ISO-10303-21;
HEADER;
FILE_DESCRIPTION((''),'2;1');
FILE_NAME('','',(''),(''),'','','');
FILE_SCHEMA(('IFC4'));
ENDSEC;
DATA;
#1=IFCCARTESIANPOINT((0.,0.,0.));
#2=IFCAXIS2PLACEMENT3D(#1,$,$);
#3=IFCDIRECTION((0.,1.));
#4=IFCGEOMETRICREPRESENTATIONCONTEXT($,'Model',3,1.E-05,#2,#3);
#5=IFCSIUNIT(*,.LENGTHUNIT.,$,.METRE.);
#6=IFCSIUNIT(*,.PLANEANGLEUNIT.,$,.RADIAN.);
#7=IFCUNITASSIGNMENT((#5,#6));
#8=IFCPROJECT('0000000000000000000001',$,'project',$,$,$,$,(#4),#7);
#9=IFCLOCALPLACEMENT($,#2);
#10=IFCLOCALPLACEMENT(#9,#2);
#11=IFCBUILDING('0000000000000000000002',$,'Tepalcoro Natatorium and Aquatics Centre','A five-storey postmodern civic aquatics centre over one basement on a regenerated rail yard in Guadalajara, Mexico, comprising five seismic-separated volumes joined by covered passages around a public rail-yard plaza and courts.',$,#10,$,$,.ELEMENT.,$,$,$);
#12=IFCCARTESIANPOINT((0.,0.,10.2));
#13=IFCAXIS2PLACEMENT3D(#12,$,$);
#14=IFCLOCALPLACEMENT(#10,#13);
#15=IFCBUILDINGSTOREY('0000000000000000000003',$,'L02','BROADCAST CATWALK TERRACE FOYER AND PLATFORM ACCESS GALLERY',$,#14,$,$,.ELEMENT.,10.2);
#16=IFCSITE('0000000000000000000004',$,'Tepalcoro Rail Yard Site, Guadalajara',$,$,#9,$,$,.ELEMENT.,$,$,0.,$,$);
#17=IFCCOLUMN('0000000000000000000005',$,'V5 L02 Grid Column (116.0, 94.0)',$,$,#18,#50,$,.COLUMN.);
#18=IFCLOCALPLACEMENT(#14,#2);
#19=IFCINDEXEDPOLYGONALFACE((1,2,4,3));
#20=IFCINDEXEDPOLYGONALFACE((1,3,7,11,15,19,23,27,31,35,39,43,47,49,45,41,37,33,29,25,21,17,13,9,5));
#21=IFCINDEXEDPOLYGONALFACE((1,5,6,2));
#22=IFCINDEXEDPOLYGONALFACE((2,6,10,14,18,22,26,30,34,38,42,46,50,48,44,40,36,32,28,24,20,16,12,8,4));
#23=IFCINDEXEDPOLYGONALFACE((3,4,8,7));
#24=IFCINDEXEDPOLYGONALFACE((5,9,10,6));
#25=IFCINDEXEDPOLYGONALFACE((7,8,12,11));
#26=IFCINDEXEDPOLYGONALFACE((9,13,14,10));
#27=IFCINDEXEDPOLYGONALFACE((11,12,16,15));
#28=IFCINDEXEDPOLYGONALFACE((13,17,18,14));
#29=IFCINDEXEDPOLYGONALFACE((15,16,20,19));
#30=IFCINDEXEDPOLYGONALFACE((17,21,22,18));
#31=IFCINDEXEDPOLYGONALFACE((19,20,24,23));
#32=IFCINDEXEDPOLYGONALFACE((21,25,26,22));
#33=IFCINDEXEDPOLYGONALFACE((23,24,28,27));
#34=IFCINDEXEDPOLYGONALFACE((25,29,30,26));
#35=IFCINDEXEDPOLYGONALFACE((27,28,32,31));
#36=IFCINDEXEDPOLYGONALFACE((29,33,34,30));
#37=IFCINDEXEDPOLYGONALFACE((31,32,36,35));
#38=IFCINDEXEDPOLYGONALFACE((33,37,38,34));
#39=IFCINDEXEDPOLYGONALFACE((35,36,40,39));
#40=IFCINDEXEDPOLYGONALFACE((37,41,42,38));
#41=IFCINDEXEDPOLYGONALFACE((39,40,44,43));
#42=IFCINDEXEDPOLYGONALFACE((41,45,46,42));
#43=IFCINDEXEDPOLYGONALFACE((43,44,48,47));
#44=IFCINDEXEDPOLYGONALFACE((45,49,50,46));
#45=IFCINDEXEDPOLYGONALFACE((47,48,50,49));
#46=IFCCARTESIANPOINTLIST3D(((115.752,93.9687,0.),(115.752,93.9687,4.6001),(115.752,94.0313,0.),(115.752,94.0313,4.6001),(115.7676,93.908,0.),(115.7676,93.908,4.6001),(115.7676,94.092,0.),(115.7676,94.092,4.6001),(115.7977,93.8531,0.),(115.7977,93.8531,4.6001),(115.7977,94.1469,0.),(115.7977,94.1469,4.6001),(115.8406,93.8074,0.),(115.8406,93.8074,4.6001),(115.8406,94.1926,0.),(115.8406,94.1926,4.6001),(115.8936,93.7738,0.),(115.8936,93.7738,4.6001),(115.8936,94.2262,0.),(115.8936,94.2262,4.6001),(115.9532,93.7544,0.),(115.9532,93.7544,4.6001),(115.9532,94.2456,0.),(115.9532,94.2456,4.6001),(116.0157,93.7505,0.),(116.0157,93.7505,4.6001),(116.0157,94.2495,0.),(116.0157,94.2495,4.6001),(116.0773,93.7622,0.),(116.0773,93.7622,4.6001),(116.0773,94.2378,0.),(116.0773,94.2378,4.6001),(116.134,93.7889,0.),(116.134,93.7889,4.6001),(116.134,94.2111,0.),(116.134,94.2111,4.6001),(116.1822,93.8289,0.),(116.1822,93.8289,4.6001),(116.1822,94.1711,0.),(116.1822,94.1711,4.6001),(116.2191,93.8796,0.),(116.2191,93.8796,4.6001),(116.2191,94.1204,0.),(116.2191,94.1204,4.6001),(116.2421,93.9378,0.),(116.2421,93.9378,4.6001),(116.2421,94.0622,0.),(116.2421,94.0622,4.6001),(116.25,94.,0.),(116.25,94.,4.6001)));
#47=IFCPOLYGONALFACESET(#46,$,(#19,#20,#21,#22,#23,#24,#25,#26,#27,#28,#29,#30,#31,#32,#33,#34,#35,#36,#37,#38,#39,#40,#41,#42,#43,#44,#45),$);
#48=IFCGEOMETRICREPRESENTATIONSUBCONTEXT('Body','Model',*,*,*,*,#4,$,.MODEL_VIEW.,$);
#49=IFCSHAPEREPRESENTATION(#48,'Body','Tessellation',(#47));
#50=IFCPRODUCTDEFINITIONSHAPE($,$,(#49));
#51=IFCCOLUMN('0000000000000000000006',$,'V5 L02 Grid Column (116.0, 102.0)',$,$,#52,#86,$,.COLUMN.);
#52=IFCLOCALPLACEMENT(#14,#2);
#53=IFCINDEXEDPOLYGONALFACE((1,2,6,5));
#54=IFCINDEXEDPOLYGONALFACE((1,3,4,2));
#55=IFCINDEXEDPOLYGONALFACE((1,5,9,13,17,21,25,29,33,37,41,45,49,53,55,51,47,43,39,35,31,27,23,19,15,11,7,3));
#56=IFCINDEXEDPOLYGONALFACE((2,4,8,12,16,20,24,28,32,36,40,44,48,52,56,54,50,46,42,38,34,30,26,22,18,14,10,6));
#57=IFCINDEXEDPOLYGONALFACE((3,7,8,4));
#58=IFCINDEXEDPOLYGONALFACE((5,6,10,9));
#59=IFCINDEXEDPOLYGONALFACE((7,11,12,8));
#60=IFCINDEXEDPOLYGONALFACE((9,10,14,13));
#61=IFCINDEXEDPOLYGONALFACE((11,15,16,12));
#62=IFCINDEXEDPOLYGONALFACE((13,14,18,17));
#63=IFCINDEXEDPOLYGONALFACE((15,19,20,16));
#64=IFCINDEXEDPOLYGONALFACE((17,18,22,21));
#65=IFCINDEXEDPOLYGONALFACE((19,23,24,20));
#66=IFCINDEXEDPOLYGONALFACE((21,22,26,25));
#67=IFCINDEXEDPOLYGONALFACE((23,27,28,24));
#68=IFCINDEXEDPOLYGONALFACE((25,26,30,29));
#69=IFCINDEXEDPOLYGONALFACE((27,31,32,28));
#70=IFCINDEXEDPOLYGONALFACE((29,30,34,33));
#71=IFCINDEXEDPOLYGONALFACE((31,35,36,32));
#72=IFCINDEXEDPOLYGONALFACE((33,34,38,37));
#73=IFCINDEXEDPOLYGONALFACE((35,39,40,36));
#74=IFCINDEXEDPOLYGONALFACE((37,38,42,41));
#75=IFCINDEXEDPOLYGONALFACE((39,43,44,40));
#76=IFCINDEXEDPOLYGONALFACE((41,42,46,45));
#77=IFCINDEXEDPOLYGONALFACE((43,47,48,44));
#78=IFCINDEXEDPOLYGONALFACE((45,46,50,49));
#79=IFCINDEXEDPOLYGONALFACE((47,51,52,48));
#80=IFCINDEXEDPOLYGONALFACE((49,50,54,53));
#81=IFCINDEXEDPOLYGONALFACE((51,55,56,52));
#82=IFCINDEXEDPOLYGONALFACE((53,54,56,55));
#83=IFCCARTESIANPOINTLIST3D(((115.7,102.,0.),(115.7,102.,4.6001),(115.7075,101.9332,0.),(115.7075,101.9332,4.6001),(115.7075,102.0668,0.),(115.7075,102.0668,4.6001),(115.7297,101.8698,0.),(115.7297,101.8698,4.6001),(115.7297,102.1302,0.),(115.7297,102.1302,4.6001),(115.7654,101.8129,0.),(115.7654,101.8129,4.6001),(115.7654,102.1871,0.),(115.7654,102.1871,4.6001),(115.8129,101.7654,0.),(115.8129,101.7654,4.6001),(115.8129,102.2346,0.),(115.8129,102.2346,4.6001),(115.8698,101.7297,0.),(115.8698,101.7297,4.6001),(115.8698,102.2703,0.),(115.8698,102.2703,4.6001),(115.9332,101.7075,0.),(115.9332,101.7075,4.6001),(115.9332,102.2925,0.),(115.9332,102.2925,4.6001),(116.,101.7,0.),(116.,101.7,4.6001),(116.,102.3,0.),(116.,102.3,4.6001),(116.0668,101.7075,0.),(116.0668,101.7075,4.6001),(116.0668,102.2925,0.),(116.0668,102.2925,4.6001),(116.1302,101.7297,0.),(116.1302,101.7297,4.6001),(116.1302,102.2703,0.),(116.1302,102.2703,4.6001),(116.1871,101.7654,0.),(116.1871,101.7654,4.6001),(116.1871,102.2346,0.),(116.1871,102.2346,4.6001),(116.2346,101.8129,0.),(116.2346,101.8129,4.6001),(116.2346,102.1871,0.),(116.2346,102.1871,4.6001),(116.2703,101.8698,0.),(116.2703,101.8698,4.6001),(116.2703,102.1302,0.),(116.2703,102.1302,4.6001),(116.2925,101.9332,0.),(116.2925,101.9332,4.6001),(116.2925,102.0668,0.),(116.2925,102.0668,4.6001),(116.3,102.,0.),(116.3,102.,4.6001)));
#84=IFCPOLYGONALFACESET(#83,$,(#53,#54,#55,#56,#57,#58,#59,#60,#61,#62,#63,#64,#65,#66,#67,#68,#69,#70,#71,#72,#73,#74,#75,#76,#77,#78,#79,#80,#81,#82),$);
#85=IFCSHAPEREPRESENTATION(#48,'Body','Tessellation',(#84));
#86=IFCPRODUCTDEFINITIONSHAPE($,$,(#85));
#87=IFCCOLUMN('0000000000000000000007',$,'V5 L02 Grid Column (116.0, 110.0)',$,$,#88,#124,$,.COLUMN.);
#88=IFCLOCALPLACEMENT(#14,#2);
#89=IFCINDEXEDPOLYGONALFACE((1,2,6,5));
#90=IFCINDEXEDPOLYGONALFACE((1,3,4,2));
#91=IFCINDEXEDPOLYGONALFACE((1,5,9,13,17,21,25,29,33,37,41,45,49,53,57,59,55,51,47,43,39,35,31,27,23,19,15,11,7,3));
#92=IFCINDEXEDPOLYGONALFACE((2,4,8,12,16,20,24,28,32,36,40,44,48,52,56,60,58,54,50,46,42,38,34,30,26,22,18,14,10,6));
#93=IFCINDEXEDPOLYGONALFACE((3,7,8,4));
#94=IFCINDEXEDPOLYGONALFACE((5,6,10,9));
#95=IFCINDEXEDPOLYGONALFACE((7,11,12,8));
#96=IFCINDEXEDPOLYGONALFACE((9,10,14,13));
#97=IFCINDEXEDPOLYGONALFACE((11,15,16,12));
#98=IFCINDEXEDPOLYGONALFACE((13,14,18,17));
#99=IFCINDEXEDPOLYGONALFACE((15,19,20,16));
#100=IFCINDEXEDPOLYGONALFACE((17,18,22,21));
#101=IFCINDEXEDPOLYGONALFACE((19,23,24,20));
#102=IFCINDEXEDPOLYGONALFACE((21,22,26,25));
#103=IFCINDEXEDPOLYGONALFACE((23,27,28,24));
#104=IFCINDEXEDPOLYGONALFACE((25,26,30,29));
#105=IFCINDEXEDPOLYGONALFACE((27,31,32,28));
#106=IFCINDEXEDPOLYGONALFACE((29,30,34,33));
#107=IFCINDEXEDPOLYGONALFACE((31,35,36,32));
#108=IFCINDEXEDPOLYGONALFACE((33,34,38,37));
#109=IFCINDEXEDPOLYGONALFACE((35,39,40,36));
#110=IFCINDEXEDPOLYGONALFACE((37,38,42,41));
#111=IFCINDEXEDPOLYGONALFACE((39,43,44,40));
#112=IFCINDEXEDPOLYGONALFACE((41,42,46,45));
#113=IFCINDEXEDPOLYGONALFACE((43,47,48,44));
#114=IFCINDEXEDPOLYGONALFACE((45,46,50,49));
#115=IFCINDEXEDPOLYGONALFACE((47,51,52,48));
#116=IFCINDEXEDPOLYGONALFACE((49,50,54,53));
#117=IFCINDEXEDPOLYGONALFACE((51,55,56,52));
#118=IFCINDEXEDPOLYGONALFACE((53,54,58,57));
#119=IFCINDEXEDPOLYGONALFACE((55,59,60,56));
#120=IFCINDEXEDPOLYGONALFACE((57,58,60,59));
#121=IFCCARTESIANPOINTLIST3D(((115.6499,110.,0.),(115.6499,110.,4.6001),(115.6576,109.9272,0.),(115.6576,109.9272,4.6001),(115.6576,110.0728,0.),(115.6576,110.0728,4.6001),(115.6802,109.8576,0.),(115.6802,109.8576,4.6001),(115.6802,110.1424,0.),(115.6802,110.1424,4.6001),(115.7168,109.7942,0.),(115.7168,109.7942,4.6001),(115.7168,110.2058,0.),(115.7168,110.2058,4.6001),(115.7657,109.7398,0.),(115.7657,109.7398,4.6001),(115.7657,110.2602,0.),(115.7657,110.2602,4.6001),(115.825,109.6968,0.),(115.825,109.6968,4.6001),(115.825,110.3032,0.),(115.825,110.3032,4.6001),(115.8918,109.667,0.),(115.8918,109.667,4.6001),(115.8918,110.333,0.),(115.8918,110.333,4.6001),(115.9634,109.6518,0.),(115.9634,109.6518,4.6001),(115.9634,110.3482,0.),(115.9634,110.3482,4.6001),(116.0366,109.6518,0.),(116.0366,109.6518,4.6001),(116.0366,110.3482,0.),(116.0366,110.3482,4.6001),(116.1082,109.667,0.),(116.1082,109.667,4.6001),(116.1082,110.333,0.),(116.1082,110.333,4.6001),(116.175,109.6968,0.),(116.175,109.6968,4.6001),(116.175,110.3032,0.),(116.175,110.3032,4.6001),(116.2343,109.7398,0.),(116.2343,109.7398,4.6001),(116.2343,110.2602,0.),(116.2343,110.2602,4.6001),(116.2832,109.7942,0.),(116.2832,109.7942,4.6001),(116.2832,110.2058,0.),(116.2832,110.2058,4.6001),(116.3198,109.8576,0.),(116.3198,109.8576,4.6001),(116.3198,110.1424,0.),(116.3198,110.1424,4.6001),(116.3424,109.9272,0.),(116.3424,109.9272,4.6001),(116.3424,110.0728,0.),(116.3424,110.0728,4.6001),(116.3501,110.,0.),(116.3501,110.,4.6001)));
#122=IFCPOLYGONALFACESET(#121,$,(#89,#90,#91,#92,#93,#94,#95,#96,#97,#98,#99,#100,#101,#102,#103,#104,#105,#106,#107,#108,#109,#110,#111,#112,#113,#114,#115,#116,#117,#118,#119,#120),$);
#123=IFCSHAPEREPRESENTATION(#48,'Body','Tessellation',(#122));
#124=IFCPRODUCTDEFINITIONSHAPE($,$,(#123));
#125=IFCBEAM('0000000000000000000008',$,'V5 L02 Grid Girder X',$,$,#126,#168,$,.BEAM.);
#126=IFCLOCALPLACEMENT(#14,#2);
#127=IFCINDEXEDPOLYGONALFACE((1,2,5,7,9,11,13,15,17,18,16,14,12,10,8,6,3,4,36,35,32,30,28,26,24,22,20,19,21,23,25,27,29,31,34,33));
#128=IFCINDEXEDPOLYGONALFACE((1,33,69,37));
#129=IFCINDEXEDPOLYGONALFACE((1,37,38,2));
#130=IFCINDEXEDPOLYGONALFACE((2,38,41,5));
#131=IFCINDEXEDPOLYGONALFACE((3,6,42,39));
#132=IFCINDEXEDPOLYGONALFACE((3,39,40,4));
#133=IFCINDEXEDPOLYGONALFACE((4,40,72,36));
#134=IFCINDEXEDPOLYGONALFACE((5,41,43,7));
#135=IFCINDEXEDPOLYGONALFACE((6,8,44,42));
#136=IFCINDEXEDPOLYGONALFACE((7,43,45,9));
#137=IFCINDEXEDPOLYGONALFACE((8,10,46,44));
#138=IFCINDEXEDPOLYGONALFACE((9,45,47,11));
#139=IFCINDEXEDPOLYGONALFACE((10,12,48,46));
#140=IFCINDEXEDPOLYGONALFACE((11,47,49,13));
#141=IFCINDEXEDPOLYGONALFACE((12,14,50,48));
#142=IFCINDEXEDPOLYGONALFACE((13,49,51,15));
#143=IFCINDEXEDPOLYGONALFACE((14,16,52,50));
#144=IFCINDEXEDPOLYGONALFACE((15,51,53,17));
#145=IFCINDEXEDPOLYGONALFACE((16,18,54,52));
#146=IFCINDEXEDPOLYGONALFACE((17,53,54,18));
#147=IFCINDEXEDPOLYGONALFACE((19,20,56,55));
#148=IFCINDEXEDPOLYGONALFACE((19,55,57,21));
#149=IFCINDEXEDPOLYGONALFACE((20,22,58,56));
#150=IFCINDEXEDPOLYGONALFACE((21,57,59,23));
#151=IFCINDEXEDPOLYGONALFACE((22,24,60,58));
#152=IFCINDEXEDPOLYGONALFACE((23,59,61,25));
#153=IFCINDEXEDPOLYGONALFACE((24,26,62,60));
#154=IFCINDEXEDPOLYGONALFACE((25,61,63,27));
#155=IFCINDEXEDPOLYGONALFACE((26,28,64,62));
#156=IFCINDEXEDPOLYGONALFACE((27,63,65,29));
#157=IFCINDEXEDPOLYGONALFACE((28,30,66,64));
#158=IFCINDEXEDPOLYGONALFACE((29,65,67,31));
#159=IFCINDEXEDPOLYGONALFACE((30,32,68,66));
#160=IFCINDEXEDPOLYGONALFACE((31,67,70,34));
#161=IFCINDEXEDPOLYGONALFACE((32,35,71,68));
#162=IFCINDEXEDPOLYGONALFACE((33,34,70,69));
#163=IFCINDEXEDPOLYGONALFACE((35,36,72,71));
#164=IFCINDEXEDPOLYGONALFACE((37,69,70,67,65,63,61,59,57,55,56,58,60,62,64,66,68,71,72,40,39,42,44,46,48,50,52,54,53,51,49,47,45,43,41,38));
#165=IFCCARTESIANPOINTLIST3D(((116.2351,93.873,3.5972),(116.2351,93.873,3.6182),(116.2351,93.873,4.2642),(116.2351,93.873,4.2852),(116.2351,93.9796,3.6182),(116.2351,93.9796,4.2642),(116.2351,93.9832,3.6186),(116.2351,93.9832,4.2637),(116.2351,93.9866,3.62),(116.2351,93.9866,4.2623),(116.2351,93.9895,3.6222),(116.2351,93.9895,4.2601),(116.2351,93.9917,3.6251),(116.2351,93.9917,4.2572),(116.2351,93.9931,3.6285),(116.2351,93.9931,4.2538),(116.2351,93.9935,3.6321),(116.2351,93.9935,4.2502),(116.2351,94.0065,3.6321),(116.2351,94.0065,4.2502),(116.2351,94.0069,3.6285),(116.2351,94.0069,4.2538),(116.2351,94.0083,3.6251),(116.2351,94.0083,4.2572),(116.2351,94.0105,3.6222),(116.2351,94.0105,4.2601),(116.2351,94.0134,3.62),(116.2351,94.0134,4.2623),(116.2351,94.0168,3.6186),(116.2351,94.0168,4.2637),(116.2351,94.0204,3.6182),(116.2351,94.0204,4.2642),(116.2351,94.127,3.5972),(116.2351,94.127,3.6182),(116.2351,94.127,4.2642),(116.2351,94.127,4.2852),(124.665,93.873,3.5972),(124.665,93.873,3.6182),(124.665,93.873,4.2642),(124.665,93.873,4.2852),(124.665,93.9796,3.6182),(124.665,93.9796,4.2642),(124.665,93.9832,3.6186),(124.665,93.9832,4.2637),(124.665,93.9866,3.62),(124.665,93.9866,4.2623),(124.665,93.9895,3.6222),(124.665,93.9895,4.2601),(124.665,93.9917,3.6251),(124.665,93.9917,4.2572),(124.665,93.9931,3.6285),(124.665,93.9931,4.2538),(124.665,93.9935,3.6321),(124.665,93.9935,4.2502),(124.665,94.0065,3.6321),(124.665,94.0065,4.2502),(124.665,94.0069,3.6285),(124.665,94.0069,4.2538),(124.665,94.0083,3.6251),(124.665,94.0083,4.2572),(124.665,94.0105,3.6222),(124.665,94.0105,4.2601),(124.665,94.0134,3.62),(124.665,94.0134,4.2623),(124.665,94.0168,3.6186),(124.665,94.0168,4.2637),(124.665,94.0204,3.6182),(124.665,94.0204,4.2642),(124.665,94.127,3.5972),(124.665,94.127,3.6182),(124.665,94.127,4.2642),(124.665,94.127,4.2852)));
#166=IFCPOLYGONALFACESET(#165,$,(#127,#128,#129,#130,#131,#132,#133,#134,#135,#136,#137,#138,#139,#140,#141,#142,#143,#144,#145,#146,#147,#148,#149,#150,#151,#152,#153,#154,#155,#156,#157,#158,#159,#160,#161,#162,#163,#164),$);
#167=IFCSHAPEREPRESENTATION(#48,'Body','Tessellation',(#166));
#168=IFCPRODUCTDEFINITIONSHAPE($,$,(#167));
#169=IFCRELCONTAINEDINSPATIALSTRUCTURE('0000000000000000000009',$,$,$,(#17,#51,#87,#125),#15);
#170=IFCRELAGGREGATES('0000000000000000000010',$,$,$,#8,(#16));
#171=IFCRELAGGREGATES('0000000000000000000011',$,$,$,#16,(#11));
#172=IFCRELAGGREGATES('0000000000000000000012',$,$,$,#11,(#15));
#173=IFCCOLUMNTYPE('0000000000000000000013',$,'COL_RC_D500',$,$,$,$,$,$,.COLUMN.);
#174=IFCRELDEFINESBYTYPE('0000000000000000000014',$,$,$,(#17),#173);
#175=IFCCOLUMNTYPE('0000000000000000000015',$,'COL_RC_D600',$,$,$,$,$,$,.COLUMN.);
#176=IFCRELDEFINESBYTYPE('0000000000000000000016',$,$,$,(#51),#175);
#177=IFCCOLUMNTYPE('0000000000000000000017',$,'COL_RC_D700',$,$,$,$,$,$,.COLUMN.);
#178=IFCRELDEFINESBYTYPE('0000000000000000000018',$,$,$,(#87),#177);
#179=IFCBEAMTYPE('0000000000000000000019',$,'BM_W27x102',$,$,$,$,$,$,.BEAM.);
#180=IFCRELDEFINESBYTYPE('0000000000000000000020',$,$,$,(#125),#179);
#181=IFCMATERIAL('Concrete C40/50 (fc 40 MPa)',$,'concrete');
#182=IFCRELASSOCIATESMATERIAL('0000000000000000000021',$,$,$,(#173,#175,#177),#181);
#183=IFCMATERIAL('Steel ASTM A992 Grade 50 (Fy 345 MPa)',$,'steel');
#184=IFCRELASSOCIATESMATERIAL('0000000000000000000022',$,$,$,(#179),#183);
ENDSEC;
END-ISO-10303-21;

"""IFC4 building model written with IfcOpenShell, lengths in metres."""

from ifc_helpers import new_model, si_unit, direction, frame, origin, origin_2d, place, context, subcontext, project, spatial, circle, i_section, extrude, material, material_profile, profile_set, type_object, element, save


model = new_model("IFC4")

# Units and contexts
model_context = context("Model", 3, precision=1e-05, world=origin(), true_north=direction((0.0, 1.0)))
body_context = subcontext(model_context, "Body", "Model", "MODEL_VIEW")
ifc_project = project(units=[si_unit("LENGTHUNIT", "METRE"), si_unit("PLANEANGLEUNIT", "RADIAN")], contexts=[model_context])

# Site, building, storey
site_placement = place(None, origin())
site = spatial("IfcSite", under=ifc_project, at=site_placement, Name="Tepalcoro Rail Yard Site, Guadalajara", CompositionType="ELEMENT", RefElevation=0.0)
building_placement = place(site_placement, origin())
building = spatial("IfcBuilding", under=site, at=building_placement, Name="Tepalcoro Natatorium and Aquatics Centre", Description="A five-storey postmodern civic aquatics centre over one basement on a regenerated rail yard in Guadalajara, Mexico, comprising five seismic-separated volumes joined by covered passages around a public rail-yard plaza and courts.", CompositionType="ELEMENT")
storey_placement = place(building_placement, frame((0.0, 0.0, 10.2)))
storey = spatial("IfcBuildingStorey", under=building, at=storey_placement, Name="L02", Description="BROADCAST CATWALK TERRACE FOYER AND PLATFORM ACCESS GALLERY", CompositionType="ELEMENT", Elevation=10.2)

# Columns
ifc_material_1 = material(Name="Concrete C40/50 (fc 40 MPa)", Category="concrete")
ifc_material_profile_1 = material_profile(ifc_material_1, circle(Radius=0.25, at=origin_2d()), Name="RCD500")
ifc_profile_set_1 = profile_set([ifc_material_profile_1], Name="Concrete C40/50 (fc 40 MPa)")
column_type_1 = type_object("IfcColumnType", Name="COL_RC_D500", PredefinedType="COLUMN", material=ifc_profile_set_1)
column_1_placement = place(storey_placement, frame((116.0, 94.0, 0.0), z_axis=(0.0, 0.0, 1.0), x_axis=(1.0, 0.0, 0.0)))
element("IfcColumn", 1, at=column_1_placement, inside=storey, type_object=column_type_1, Name="V5 L02 Grid Column (116.0, 94.0)", PredefinedType="COLUMN", context=body_context, shape_type="SweptSolid", body=[
    extrude(circle(Radius=0.25, at=origin_2d()), origin(), (0.0, 0.0, 1.0), 4.6001),
])
ifc_material_profile_2 = material_profile(ifc_material_1, circle(Radius=0.3, at=origin_2d()), Name="RCD600")
ifc_profile_set_2 = profile_set([ifc_material_profile_2], Name="Concrete C40/50 (fc 40 MPa)")
column_type_2 = type_object("IfcColumnType", Name="COL_RC_D600", PredefinedType="COLUMN", material=ifc_profile_set_2)
column_2_placement = place(storey_placement, frame((116.0, 102.0, 0.0), z_axis=(0.0, 0.0, 1.0), x_axis=(1.0, 0.0, 0.0)))
element("IfcColumn", 2, at=column_2_placement, inside=storey, type_object=column_type_2, Name="V5 L02 Grid Column (116.0, 102.0)", PredefinedType="COLUMN", context=body_context, shape_type="SweptSolid", body=[
    extrude(circle(Radius=0.3, at=origin_2d()), origin(), (0.0, 0.0, 1.0), 4.6001),
])
ifc_material_profile_3 = material_profile(ifc_material_1, circle(Radius=0.3501, at=origin_2d()), Name="RCD700")
ifc_profile_set_3 = profile_set([ifc_material_profile_3], Name="Concrete C40/50 (fc 40 MPa)")
column_type_3 = type_object("IfcColumnType", Name="COL_RC_D700", PredefinedType="COLUMN", material=ifc_profile_set_3)
column_3_placement = place(storey_placement, frame((116.0, 110.0, 0.0), z_axis=(0.0, 0.0, 1.0), x_axis=(1.0, 0.0, 0.0)))
element("IfcColumn", 3, at=column_3_placement, inside=storey, type_object=column_type_3, Name="V5 L02 Grid Column (116.0, 110.0)", PredefinedType="COLUMN", context=body_context, shape_type="SweptSolid", body=[
    extrude(circle(Radius=0.3501, at=origin_2d()), origin(), (0.0, 0.0, 1.0), 4.6001),
])

# Beam
ifc_material_2 = material(Name="Steel ASTM A992 Grade 50 (Fy 345 MPa)", Category="steel")
ifc_material_profile_4 = material_profile(ifc_material_2, i_section(OverallWidth=0.2539, OverallDepth=0.688, WebThickness=0.0129, FlangeThickness=0.021, FilletRadius=0.0139, at=origin_2d()), Name="W27X102")
ifc_profile_set_4 = profile_set([ifc_material_profile_4], Name="Steel ASTM A992 Grade 50 (Fy 345 MPa)")
beam_type_1 = type_object("IfcBeamType", Name="BM_W27x102", PredefinedType="BEAM", material=ifc_profile_set_4)
beam_1_placement = place(storey_placement, frame((116.2351, 94.0, 3.9412), z_axis=(1.0, 0.0, 0.0), x_axis=(0.0, 1.0, 0.0)))
element("IfcBeam", 4, at=beam_1_placement, inside=storey, type_object=beam_type_1, Name="V5 L02 Grid Girder X", PredefinedType="BEAM", context=body_context, shape_type="SweptSolid", body=[
    extrude(i_section(OverallWidth=0.2539, OverallDepth=0.688, WebThickness=0.0129, FlangeThickness=0.021, FilletRadius=0.0139, at=origin_2d()), origin(), (0.0, 0.0, 1.0), 8.4299),
])

save(model, "model.ifc")
